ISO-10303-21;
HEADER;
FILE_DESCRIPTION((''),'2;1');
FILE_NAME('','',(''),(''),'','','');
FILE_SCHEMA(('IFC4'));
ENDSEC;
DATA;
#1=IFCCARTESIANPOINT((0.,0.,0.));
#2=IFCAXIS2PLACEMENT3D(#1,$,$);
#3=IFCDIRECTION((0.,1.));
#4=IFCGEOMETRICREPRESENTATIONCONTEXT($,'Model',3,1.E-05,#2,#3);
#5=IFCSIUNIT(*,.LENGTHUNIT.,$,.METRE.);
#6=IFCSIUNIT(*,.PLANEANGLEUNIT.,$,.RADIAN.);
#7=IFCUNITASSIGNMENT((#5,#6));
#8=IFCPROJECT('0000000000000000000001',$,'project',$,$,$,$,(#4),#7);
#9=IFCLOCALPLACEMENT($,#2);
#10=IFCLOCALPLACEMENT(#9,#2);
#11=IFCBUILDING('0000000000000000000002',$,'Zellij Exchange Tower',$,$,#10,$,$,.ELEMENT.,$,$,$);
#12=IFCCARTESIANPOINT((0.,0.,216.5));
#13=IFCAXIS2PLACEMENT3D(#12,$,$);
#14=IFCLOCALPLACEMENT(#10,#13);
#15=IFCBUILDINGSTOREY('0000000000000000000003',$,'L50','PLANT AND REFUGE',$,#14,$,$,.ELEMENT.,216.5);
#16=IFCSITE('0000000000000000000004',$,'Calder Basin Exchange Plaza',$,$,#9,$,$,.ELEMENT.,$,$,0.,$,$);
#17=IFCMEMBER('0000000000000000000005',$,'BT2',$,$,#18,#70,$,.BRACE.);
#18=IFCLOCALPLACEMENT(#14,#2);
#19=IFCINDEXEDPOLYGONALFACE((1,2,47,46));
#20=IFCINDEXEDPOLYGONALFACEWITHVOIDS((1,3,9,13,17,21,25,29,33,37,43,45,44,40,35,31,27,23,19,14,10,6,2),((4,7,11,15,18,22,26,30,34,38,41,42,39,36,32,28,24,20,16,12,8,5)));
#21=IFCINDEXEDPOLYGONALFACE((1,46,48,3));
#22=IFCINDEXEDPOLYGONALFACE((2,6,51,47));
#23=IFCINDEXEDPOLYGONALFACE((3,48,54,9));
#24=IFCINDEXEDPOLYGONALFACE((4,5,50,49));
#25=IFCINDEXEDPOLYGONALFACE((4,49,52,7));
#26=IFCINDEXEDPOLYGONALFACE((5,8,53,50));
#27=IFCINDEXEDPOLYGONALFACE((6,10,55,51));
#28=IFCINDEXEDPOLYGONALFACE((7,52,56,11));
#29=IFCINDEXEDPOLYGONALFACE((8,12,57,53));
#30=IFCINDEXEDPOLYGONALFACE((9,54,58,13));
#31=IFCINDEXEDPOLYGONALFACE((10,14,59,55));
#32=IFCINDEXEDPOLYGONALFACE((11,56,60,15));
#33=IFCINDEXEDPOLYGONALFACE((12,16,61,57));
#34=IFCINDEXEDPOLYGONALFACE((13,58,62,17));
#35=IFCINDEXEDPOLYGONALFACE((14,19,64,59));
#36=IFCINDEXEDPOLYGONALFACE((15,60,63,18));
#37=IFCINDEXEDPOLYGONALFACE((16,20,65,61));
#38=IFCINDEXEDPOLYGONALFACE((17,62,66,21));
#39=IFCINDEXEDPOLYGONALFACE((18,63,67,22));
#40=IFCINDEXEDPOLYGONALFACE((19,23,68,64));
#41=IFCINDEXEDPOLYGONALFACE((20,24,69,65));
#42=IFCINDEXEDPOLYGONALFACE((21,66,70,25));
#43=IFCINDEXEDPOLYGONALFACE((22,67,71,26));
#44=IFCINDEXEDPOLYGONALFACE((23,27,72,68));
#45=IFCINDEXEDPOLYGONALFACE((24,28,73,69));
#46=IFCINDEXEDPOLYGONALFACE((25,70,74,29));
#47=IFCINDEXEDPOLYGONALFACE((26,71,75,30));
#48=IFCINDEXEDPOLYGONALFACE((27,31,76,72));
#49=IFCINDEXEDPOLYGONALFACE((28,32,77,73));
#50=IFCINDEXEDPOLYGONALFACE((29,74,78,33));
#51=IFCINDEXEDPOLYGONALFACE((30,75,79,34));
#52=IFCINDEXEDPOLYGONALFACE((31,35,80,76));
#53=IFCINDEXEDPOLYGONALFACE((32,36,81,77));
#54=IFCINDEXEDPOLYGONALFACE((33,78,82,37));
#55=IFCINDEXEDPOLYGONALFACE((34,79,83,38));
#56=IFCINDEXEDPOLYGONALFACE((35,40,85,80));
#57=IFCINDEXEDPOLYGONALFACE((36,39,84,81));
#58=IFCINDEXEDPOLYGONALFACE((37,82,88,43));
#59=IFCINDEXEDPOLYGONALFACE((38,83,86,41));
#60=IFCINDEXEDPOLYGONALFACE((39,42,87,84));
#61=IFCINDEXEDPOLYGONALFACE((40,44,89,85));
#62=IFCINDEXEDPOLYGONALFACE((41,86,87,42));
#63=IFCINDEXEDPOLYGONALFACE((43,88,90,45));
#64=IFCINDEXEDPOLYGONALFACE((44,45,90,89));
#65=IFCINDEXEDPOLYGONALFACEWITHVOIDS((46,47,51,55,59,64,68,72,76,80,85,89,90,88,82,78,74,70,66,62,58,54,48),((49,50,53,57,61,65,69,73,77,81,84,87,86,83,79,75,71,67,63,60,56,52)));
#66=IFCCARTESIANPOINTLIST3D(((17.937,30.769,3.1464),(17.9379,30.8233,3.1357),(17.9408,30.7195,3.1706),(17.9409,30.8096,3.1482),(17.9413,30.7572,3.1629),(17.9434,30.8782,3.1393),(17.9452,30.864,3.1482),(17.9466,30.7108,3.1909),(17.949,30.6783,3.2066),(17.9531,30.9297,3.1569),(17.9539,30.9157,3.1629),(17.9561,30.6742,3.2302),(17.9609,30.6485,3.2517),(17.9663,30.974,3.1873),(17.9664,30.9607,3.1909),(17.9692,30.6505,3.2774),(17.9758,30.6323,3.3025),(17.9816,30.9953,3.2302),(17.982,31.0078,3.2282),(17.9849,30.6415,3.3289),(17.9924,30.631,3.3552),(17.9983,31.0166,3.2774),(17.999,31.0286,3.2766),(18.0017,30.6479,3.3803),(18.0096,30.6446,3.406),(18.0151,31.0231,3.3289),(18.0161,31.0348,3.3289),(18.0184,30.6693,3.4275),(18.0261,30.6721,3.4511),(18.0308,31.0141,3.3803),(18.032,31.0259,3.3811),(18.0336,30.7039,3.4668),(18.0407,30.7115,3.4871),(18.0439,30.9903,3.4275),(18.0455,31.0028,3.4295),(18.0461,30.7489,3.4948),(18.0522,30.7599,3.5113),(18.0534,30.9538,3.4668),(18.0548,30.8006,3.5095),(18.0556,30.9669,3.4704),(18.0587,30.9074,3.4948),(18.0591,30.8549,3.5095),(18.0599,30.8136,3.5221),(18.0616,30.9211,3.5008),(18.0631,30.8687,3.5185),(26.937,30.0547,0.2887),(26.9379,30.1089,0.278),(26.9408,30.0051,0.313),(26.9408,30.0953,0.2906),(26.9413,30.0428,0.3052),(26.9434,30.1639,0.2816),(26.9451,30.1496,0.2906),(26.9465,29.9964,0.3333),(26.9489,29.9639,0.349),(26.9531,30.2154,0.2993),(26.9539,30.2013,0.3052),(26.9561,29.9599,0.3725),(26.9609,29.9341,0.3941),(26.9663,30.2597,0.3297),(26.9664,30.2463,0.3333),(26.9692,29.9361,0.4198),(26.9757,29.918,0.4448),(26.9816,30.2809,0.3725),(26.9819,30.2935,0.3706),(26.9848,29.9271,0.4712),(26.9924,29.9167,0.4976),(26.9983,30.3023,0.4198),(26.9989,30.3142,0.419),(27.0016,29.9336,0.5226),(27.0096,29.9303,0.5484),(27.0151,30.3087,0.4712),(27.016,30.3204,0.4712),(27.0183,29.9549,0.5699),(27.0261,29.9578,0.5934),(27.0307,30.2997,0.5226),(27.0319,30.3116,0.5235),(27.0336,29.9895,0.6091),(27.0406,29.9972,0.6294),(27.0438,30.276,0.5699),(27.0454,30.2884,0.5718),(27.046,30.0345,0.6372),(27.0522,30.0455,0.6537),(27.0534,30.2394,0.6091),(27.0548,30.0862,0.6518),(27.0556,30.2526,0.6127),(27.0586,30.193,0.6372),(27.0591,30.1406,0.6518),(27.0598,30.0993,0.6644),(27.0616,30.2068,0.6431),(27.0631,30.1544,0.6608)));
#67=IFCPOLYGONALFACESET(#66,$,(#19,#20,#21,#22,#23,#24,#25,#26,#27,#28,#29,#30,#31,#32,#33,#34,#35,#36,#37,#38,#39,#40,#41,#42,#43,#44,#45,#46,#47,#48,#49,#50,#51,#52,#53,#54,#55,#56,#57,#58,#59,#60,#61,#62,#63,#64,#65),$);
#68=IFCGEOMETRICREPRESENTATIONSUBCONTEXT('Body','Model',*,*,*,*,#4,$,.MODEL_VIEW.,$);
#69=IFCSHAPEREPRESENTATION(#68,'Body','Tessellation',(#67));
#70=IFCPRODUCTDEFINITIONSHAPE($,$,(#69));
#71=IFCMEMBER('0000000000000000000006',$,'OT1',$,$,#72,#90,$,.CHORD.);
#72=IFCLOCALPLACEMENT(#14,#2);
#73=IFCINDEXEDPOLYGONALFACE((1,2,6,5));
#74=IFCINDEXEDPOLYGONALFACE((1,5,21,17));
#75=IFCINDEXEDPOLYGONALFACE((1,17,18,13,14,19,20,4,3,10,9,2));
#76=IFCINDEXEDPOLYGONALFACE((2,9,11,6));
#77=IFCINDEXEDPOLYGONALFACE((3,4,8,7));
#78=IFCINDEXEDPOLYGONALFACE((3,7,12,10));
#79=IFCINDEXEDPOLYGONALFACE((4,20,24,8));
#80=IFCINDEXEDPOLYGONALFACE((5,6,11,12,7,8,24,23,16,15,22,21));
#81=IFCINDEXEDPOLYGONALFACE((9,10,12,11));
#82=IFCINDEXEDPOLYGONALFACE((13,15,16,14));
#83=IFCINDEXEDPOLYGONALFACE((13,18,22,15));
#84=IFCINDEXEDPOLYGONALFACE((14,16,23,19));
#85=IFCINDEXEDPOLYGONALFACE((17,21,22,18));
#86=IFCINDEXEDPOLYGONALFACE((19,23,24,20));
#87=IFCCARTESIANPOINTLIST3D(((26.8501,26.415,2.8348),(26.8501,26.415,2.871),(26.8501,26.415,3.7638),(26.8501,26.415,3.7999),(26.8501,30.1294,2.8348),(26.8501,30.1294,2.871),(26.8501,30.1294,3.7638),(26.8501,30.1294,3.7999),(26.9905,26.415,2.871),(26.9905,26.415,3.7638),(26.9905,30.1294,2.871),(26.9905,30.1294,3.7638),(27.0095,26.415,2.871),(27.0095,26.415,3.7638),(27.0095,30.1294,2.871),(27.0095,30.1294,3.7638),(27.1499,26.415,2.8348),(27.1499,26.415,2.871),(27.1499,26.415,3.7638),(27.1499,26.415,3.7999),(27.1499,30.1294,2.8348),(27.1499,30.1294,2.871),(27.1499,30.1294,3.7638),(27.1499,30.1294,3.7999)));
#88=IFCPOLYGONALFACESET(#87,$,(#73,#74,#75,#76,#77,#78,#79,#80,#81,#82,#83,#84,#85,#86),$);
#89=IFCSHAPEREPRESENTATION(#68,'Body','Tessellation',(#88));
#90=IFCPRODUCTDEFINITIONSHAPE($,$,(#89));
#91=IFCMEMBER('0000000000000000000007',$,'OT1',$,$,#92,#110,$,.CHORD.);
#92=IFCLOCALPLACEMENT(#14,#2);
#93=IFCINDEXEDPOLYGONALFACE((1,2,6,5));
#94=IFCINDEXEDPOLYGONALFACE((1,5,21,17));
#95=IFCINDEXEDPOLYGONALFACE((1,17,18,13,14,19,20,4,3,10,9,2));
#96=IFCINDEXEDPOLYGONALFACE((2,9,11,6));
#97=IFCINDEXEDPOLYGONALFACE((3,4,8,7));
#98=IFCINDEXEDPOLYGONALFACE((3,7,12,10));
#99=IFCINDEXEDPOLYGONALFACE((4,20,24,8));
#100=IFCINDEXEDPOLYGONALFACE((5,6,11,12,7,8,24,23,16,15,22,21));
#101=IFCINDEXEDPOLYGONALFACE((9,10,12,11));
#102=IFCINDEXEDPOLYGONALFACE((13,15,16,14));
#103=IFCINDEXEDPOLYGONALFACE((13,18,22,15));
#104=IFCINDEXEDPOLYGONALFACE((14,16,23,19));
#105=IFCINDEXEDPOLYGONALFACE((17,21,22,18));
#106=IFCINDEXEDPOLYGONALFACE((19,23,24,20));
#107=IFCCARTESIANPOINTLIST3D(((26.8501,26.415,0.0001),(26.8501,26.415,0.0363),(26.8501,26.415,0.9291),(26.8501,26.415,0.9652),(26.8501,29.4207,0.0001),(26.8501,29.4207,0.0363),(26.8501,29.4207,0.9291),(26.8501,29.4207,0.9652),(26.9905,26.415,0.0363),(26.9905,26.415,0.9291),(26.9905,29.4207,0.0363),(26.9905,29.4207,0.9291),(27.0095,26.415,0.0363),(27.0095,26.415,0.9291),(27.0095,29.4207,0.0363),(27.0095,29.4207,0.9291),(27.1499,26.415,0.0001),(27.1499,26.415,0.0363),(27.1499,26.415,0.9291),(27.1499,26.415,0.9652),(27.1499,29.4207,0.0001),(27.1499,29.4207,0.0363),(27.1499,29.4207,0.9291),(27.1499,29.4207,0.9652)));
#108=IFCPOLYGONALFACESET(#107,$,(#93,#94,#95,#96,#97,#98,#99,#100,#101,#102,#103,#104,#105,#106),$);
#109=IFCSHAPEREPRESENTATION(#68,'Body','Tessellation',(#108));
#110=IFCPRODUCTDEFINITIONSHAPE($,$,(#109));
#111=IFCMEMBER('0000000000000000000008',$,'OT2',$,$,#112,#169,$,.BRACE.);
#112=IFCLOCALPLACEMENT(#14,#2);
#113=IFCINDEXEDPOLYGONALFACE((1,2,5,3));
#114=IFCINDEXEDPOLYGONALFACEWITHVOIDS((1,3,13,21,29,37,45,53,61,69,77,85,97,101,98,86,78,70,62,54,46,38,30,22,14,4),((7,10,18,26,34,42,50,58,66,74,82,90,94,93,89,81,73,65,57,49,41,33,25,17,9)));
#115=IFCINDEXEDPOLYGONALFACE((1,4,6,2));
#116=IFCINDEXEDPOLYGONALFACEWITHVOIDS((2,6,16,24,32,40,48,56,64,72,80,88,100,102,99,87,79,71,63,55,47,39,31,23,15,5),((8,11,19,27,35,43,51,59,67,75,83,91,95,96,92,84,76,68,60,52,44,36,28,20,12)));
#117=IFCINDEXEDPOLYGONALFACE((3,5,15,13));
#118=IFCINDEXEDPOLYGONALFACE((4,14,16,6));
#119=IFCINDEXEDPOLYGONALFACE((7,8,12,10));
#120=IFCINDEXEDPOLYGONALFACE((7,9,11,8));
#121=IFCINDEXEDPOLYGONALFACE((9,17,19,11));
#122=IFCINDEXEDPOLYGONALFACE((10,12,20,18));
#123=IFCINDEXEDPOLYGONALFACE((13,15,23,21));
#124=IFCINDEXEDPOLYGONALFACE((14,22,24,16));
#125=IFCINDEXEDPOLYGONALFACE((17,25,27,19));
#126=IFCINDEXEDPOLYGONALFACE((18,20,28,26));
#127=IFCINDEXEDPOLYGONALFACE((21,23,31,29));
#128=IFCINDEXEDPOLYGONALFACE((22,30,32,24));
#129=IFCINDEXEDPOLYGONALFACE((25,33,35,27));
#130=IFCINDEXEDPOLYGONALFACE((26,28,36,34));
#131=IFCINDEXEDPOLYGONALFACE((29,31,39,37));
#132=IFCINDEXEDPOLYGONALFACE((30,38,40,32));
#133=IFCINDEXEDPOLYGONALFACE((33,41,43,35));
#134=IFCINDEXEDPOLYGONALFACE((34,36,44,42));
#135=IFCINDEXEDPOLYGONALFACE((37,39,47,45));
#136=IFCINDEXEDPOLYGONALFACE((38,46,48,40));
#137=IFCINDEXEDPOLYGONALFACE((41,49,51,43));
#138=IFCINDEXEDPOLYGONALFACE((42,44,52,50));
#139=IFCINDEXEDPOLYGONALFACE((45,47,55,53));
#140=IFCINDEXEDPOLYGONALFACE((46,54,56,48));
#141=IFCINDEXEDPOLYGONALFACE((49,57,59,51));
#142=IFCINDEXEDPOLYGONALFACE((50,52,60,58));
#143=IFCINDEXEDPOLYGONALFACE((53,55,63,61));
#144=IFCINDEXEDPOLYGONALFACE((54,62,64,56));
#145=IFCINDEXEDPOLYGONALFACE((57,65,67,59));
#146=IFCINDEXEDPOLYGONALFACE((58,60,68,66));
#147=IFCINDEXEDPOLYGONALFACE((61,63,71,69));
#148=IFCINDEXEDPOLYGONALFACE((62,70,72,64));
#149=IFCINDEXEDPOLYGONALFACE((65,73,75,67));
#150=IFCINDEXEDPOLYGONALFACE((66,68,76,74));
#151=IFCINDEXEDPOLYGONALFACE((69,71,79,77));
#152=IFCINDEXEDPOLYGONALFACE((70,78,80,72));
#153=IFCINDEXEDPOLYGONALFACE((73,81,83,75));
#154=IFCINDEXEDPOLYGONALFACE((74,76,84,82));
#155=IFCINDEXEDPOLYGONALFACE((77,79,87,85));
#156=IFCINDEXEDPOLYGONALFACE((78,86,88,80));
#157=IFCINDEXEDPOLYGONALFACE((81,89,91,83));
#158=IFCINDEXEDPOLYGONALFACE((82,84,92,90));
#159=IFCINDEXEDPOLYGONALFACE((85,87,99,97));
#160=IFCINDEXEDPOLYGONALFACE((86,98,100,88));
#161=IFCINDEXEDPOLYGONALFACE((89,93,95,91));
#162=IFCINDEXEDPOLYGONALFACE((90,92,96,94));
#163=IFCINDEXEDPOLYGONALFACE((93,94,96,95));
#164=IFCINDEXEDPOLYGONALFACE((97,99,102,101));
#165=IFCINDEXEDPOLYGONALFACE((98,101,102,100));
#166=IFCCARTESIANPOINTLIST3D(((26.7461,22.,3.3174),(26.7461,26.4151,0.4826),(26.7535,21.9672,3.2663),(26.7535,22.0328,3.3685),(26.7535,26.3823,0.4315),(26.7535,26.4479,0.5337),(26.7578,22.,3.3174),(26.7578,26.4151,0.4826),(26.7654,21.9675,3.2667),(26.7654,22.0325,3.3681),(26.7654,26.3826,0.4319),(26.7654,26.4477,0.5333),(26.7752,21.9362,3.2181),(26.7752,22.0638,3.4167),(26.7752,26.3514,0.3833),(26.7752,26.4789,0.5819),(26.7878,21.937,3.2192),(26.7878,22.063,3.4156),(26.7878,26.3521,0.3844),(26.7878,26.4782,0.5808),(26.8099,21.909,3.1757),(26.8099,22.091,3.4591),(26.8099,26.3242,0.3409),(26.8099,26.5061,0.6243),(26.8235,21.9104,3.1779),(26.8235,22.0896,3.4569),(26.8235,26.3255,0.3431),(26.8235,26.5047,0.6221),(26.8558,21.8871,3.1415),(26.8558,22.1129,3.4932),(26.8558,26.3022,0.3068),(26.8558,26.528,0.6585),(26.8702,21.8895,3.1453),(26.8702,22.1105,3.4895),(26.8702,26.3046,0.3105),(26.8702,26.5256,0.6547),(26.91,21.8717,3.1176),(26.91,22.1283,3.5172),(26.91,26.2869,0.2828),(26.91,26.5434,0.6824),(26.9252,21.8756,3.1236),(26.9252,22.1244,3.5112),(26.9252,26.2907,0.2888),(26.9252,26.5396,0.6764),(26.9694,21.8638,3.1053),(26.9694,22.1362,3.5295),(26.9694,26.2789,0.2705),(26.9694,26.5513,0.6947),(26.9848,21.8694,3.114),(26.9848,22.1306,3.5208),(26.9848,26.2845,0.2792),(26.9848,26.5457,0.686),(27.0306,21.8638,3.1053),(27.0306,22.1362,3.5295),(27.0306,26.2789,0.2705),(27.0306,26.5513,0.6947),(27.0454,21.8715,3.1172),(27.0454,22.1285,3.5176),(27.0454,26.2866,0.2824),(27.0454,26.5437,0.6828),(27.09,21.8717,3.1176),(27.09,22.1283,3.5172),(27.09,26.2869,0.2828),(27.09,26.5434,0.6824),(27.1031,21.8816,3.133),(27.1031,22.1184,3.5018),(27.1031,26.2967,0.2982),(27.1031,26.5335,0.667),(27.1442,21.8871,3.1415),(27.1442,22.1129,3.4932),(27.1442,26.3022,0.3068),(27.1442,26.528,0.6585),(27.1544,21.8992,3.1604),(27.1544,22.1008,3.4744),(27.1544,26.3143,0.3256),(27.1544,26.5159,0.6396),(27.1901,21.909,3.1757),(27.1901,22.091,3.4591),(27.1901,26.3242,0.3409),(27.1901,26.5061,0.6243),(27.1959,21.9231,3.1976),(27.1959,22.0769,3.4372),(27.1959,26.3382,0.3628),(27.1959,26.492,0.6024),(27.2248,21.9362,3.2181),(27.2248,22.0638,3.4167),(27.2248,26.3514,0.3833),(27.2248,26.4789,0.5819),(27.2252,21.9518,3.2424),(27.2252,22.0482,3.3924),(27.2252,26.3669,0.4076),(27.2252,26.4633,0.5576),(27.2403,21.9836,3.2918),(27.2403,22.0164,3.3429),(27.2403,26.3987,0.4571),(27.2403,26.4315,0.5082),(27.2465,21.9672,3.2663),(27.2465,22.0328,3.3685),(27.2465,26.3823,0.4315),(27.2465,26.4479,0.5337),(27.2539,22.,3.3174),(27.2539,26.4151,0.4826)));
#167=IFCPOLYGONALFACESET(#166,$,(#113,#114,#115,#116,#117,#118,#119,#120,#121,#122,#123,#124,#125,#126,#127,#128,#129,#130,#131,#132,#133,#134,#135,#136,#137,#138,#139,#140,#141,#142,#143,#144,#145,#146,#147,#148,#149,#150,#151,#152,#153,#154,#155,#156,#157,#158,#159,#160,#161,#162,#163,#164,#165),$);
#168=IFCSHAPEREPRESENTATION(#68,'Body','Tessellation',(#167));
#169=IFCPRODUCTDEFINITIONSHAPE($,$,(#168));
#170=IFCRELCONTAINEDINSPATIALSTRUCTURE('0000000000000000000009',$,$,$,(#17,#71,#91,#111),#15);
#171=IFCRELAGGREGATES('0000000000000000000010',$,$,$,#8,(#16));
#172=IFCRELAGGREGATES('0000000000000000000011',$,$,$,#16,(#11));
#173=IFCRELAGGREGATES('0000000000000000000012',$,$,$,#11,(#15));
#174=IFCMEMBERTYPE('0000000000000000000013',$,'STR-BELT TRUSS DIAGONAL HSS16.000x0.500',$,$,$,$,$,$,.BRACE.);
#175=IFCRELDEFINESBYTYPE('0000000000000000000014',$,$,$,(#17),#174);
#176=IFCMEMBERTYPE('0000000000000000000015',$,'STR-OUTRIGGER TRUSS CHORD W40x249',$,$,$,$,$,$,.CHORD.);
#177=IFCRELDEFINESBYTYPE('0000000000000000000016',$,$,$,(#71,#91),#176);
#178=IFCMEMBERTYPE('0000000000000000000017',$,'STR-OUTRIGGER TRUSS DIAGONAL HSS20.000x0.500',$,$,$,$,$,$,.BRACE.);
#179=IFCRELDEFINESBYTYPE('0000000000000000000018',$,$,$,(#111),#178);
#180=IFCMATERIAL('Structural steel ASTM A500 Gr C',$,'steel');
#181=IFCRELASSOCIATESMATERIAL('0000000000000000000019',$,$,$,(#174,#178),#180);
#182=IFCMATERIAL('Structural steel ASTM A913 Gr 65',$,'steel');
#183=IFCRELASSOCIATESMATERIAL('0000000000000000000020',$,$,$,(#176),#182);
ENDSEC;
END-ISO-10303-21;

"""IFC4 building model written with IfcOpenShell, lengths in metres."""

from ifc_helpers import new_model, si_unit, direction, frame, origin, origin_2d, place, context, subcontext, project, spatial, hollow_circle, i_section, extrude, material, material_profile, profile_set, type_object, element, save


model = new_model("IFC4")

# Units and contexts
model_context = context("Model", 3, precision=1e-05, world=origin(), true_north=direction((0.0, 1.0)))
body_context = subcontext(model_context, "Body", "Model", "MODEL_VIEW")
ifc_project = project(units=[si_unit("LENGTHUNIT", "METRE"), si_unit("PLANEANGLEUNIT", "RADIAN")], contexts=[model_context])

# Site, building, storey
site_placement = place(None, origin())
site = spatial("IfcSite", under=ifc_project, at=site_placement, Name="Calder Basin Exchange Plaza", CompositionType="ELEMENT", RefElevation=0.0)
building_placement = place(site_placement, origin())
building = spatial("IfcBuilding", under=site, at=building_placement, Name="Zellij Exchange Tower", CompositionType="ELEMENT")
storey_placement = place(building_placement, frame((0.0, 0.0, 216.5)))
storey = spatial("IfcBuildingStorey", under=building, at=storey_placement, Name="L50", Description="PLANT AND REFUGE", CompositionType="ELEMENT", Elevation=216.5)

# Members
ifc_material_1 = material(Name="Structural steel ASTM A500 Gr C", Category="steel")
ifc_material_profile_1 = material_profile(ifc_material_1, hollow_circle(Radius=0.2031, WallThickness=0.0117, at=origin_2d()), Name="STR-BELT TRUSS DIAGONAL HSS16.000x0.500")
ifc_profile_set_1 = profile_set([ifc_material_profile_1], Name="Structural steel ASTM A500 Gr C")
member_type_1 = type_object("IfcMemberType", Name="STR-BELT TRUSS DIAGONAL HSS16.000x0.500", PredefinedType="BRACE", material=ifc_profile_set_1)
member_1_placement = place(storey_placement, frame((18.0, 30.8323, 3.3289), z_axis=(0.950393, -0.075435, -0.301767), x_axis=(0.079124, 0.996865, 0.0)))
element("IfcMember", 1, at=member_1_placement, inside=storey, type_object=member_type_1, Name="BT2", PredefinedType="BRACE", context=body_context, shape_type="SweptSolid", body=[
    extrude(hollow_circle(Radius=0.2031, WallThickness=0.0117, at=origin_2d()), origin(), (0.0, 0.0, 1.0), 9.4697),
])
ifc_material_2 = material(Name="Structural steel ASTM A913 Gr 65", Category="steel")
ifc_material_profile_2 = material_profile(ifc_material_2, i_section(OverallWidth=0.2998, OverallDepth=0.9651, WebThickness=0.019, FlangeThickness=0.0361, at=origin_2d()), Name="W40x249")
ifc_profile_set_2 = profile_set([ifc_material_profile_2], Name="Structural steel ASTM A913 Gr 65")
member_type_2 = type_object("IfcMemberType", Name="STR-OUTRIGGER TRUSS CHORD W40x249", PredefinedType="CHORD", material=ifc_profile_set_2)
member_2_placement = place(storey_placement, frame((27.0, 26.415, 3.3174), z_axis=(0.0, 1.0, 0.0), x_axis=(-1.0, 0.0, 0.0)))
element("IfcMember", 2, at=member_2_placement, inside=storey, type_object=member_type_2, Name="OT1", PredefinedType="CHORD", context=body_context, shape_type="SweptSolid", body=[
    extrude(i_section(OverallWidth=0.2998, OverallDepth=0.9651, WebThickness=0.019, FlangeThickness=0.0361, at=origin_2d()), origin(), (0.0, 0.0, 1.0), 3.7144),
])
member_3_placement = place(storey_placement, frame((27.0, 26.415, 0.4827), z_axis=(0.0, 1.0, 0.0), x_axis=(-1.0, 0.0, 0.0)))
element("IfcMember", 3, at=member_3_placement, inside=storey, type_object=member_type_2, Name="OT1", PredefinedType="CHORD", context=body_context, shape_type="SweptSolid", body=[
    extrude(i_section(OverallWidth=0.2998, OverallDepth=0.9651, WebThickness=0.019, FlangeThickness=0.0361, at=origin_2d()), origin(), (0.0, 0.0, 1.0), 3.0056),
])
ifc_material_profile_3 = material_profile(ifc_material_1, hollow_circle(Radius=0.2539, WallThickness=0.0117, at=origin_2d()), Name="STR-OUTRIGGER TRUSS DIAGONAL HSS20.000x0.500")
ifc_profile_set_3 = profile_set([ifc_material_profile_3], Name="Structural steel ASTM A500 Gr C")
member_type_3 = type_object("IfcMemberType", Name="STR-OUTRIGGER TRUSS DIAGONAL HSS20.000x0.500", PredefinedType="BRACE", material=ifc_profile_set_3)
member_4_placement = place(storey_placement, frame((27.0, 22.0, 3.3174), z_axis=(0.0, 0.841484, -0.540282), x_axis=(-1.0, 0.0, 0.0)))
element("IfcMember", 4, at=member_4_placement, inside=storey, type_object=member_type_3, Name="OT2", PredefinedType="BRACE", context=body_context, shape_type="SweptSolid", body=[
    extrude(hollow_circle(Radius=0.2539, WallThickness=0.0117, at=origin_2d()), origin(), (0.0, 0.0, 1.0), 5.2468),
])

save(model, "model.ifc")
